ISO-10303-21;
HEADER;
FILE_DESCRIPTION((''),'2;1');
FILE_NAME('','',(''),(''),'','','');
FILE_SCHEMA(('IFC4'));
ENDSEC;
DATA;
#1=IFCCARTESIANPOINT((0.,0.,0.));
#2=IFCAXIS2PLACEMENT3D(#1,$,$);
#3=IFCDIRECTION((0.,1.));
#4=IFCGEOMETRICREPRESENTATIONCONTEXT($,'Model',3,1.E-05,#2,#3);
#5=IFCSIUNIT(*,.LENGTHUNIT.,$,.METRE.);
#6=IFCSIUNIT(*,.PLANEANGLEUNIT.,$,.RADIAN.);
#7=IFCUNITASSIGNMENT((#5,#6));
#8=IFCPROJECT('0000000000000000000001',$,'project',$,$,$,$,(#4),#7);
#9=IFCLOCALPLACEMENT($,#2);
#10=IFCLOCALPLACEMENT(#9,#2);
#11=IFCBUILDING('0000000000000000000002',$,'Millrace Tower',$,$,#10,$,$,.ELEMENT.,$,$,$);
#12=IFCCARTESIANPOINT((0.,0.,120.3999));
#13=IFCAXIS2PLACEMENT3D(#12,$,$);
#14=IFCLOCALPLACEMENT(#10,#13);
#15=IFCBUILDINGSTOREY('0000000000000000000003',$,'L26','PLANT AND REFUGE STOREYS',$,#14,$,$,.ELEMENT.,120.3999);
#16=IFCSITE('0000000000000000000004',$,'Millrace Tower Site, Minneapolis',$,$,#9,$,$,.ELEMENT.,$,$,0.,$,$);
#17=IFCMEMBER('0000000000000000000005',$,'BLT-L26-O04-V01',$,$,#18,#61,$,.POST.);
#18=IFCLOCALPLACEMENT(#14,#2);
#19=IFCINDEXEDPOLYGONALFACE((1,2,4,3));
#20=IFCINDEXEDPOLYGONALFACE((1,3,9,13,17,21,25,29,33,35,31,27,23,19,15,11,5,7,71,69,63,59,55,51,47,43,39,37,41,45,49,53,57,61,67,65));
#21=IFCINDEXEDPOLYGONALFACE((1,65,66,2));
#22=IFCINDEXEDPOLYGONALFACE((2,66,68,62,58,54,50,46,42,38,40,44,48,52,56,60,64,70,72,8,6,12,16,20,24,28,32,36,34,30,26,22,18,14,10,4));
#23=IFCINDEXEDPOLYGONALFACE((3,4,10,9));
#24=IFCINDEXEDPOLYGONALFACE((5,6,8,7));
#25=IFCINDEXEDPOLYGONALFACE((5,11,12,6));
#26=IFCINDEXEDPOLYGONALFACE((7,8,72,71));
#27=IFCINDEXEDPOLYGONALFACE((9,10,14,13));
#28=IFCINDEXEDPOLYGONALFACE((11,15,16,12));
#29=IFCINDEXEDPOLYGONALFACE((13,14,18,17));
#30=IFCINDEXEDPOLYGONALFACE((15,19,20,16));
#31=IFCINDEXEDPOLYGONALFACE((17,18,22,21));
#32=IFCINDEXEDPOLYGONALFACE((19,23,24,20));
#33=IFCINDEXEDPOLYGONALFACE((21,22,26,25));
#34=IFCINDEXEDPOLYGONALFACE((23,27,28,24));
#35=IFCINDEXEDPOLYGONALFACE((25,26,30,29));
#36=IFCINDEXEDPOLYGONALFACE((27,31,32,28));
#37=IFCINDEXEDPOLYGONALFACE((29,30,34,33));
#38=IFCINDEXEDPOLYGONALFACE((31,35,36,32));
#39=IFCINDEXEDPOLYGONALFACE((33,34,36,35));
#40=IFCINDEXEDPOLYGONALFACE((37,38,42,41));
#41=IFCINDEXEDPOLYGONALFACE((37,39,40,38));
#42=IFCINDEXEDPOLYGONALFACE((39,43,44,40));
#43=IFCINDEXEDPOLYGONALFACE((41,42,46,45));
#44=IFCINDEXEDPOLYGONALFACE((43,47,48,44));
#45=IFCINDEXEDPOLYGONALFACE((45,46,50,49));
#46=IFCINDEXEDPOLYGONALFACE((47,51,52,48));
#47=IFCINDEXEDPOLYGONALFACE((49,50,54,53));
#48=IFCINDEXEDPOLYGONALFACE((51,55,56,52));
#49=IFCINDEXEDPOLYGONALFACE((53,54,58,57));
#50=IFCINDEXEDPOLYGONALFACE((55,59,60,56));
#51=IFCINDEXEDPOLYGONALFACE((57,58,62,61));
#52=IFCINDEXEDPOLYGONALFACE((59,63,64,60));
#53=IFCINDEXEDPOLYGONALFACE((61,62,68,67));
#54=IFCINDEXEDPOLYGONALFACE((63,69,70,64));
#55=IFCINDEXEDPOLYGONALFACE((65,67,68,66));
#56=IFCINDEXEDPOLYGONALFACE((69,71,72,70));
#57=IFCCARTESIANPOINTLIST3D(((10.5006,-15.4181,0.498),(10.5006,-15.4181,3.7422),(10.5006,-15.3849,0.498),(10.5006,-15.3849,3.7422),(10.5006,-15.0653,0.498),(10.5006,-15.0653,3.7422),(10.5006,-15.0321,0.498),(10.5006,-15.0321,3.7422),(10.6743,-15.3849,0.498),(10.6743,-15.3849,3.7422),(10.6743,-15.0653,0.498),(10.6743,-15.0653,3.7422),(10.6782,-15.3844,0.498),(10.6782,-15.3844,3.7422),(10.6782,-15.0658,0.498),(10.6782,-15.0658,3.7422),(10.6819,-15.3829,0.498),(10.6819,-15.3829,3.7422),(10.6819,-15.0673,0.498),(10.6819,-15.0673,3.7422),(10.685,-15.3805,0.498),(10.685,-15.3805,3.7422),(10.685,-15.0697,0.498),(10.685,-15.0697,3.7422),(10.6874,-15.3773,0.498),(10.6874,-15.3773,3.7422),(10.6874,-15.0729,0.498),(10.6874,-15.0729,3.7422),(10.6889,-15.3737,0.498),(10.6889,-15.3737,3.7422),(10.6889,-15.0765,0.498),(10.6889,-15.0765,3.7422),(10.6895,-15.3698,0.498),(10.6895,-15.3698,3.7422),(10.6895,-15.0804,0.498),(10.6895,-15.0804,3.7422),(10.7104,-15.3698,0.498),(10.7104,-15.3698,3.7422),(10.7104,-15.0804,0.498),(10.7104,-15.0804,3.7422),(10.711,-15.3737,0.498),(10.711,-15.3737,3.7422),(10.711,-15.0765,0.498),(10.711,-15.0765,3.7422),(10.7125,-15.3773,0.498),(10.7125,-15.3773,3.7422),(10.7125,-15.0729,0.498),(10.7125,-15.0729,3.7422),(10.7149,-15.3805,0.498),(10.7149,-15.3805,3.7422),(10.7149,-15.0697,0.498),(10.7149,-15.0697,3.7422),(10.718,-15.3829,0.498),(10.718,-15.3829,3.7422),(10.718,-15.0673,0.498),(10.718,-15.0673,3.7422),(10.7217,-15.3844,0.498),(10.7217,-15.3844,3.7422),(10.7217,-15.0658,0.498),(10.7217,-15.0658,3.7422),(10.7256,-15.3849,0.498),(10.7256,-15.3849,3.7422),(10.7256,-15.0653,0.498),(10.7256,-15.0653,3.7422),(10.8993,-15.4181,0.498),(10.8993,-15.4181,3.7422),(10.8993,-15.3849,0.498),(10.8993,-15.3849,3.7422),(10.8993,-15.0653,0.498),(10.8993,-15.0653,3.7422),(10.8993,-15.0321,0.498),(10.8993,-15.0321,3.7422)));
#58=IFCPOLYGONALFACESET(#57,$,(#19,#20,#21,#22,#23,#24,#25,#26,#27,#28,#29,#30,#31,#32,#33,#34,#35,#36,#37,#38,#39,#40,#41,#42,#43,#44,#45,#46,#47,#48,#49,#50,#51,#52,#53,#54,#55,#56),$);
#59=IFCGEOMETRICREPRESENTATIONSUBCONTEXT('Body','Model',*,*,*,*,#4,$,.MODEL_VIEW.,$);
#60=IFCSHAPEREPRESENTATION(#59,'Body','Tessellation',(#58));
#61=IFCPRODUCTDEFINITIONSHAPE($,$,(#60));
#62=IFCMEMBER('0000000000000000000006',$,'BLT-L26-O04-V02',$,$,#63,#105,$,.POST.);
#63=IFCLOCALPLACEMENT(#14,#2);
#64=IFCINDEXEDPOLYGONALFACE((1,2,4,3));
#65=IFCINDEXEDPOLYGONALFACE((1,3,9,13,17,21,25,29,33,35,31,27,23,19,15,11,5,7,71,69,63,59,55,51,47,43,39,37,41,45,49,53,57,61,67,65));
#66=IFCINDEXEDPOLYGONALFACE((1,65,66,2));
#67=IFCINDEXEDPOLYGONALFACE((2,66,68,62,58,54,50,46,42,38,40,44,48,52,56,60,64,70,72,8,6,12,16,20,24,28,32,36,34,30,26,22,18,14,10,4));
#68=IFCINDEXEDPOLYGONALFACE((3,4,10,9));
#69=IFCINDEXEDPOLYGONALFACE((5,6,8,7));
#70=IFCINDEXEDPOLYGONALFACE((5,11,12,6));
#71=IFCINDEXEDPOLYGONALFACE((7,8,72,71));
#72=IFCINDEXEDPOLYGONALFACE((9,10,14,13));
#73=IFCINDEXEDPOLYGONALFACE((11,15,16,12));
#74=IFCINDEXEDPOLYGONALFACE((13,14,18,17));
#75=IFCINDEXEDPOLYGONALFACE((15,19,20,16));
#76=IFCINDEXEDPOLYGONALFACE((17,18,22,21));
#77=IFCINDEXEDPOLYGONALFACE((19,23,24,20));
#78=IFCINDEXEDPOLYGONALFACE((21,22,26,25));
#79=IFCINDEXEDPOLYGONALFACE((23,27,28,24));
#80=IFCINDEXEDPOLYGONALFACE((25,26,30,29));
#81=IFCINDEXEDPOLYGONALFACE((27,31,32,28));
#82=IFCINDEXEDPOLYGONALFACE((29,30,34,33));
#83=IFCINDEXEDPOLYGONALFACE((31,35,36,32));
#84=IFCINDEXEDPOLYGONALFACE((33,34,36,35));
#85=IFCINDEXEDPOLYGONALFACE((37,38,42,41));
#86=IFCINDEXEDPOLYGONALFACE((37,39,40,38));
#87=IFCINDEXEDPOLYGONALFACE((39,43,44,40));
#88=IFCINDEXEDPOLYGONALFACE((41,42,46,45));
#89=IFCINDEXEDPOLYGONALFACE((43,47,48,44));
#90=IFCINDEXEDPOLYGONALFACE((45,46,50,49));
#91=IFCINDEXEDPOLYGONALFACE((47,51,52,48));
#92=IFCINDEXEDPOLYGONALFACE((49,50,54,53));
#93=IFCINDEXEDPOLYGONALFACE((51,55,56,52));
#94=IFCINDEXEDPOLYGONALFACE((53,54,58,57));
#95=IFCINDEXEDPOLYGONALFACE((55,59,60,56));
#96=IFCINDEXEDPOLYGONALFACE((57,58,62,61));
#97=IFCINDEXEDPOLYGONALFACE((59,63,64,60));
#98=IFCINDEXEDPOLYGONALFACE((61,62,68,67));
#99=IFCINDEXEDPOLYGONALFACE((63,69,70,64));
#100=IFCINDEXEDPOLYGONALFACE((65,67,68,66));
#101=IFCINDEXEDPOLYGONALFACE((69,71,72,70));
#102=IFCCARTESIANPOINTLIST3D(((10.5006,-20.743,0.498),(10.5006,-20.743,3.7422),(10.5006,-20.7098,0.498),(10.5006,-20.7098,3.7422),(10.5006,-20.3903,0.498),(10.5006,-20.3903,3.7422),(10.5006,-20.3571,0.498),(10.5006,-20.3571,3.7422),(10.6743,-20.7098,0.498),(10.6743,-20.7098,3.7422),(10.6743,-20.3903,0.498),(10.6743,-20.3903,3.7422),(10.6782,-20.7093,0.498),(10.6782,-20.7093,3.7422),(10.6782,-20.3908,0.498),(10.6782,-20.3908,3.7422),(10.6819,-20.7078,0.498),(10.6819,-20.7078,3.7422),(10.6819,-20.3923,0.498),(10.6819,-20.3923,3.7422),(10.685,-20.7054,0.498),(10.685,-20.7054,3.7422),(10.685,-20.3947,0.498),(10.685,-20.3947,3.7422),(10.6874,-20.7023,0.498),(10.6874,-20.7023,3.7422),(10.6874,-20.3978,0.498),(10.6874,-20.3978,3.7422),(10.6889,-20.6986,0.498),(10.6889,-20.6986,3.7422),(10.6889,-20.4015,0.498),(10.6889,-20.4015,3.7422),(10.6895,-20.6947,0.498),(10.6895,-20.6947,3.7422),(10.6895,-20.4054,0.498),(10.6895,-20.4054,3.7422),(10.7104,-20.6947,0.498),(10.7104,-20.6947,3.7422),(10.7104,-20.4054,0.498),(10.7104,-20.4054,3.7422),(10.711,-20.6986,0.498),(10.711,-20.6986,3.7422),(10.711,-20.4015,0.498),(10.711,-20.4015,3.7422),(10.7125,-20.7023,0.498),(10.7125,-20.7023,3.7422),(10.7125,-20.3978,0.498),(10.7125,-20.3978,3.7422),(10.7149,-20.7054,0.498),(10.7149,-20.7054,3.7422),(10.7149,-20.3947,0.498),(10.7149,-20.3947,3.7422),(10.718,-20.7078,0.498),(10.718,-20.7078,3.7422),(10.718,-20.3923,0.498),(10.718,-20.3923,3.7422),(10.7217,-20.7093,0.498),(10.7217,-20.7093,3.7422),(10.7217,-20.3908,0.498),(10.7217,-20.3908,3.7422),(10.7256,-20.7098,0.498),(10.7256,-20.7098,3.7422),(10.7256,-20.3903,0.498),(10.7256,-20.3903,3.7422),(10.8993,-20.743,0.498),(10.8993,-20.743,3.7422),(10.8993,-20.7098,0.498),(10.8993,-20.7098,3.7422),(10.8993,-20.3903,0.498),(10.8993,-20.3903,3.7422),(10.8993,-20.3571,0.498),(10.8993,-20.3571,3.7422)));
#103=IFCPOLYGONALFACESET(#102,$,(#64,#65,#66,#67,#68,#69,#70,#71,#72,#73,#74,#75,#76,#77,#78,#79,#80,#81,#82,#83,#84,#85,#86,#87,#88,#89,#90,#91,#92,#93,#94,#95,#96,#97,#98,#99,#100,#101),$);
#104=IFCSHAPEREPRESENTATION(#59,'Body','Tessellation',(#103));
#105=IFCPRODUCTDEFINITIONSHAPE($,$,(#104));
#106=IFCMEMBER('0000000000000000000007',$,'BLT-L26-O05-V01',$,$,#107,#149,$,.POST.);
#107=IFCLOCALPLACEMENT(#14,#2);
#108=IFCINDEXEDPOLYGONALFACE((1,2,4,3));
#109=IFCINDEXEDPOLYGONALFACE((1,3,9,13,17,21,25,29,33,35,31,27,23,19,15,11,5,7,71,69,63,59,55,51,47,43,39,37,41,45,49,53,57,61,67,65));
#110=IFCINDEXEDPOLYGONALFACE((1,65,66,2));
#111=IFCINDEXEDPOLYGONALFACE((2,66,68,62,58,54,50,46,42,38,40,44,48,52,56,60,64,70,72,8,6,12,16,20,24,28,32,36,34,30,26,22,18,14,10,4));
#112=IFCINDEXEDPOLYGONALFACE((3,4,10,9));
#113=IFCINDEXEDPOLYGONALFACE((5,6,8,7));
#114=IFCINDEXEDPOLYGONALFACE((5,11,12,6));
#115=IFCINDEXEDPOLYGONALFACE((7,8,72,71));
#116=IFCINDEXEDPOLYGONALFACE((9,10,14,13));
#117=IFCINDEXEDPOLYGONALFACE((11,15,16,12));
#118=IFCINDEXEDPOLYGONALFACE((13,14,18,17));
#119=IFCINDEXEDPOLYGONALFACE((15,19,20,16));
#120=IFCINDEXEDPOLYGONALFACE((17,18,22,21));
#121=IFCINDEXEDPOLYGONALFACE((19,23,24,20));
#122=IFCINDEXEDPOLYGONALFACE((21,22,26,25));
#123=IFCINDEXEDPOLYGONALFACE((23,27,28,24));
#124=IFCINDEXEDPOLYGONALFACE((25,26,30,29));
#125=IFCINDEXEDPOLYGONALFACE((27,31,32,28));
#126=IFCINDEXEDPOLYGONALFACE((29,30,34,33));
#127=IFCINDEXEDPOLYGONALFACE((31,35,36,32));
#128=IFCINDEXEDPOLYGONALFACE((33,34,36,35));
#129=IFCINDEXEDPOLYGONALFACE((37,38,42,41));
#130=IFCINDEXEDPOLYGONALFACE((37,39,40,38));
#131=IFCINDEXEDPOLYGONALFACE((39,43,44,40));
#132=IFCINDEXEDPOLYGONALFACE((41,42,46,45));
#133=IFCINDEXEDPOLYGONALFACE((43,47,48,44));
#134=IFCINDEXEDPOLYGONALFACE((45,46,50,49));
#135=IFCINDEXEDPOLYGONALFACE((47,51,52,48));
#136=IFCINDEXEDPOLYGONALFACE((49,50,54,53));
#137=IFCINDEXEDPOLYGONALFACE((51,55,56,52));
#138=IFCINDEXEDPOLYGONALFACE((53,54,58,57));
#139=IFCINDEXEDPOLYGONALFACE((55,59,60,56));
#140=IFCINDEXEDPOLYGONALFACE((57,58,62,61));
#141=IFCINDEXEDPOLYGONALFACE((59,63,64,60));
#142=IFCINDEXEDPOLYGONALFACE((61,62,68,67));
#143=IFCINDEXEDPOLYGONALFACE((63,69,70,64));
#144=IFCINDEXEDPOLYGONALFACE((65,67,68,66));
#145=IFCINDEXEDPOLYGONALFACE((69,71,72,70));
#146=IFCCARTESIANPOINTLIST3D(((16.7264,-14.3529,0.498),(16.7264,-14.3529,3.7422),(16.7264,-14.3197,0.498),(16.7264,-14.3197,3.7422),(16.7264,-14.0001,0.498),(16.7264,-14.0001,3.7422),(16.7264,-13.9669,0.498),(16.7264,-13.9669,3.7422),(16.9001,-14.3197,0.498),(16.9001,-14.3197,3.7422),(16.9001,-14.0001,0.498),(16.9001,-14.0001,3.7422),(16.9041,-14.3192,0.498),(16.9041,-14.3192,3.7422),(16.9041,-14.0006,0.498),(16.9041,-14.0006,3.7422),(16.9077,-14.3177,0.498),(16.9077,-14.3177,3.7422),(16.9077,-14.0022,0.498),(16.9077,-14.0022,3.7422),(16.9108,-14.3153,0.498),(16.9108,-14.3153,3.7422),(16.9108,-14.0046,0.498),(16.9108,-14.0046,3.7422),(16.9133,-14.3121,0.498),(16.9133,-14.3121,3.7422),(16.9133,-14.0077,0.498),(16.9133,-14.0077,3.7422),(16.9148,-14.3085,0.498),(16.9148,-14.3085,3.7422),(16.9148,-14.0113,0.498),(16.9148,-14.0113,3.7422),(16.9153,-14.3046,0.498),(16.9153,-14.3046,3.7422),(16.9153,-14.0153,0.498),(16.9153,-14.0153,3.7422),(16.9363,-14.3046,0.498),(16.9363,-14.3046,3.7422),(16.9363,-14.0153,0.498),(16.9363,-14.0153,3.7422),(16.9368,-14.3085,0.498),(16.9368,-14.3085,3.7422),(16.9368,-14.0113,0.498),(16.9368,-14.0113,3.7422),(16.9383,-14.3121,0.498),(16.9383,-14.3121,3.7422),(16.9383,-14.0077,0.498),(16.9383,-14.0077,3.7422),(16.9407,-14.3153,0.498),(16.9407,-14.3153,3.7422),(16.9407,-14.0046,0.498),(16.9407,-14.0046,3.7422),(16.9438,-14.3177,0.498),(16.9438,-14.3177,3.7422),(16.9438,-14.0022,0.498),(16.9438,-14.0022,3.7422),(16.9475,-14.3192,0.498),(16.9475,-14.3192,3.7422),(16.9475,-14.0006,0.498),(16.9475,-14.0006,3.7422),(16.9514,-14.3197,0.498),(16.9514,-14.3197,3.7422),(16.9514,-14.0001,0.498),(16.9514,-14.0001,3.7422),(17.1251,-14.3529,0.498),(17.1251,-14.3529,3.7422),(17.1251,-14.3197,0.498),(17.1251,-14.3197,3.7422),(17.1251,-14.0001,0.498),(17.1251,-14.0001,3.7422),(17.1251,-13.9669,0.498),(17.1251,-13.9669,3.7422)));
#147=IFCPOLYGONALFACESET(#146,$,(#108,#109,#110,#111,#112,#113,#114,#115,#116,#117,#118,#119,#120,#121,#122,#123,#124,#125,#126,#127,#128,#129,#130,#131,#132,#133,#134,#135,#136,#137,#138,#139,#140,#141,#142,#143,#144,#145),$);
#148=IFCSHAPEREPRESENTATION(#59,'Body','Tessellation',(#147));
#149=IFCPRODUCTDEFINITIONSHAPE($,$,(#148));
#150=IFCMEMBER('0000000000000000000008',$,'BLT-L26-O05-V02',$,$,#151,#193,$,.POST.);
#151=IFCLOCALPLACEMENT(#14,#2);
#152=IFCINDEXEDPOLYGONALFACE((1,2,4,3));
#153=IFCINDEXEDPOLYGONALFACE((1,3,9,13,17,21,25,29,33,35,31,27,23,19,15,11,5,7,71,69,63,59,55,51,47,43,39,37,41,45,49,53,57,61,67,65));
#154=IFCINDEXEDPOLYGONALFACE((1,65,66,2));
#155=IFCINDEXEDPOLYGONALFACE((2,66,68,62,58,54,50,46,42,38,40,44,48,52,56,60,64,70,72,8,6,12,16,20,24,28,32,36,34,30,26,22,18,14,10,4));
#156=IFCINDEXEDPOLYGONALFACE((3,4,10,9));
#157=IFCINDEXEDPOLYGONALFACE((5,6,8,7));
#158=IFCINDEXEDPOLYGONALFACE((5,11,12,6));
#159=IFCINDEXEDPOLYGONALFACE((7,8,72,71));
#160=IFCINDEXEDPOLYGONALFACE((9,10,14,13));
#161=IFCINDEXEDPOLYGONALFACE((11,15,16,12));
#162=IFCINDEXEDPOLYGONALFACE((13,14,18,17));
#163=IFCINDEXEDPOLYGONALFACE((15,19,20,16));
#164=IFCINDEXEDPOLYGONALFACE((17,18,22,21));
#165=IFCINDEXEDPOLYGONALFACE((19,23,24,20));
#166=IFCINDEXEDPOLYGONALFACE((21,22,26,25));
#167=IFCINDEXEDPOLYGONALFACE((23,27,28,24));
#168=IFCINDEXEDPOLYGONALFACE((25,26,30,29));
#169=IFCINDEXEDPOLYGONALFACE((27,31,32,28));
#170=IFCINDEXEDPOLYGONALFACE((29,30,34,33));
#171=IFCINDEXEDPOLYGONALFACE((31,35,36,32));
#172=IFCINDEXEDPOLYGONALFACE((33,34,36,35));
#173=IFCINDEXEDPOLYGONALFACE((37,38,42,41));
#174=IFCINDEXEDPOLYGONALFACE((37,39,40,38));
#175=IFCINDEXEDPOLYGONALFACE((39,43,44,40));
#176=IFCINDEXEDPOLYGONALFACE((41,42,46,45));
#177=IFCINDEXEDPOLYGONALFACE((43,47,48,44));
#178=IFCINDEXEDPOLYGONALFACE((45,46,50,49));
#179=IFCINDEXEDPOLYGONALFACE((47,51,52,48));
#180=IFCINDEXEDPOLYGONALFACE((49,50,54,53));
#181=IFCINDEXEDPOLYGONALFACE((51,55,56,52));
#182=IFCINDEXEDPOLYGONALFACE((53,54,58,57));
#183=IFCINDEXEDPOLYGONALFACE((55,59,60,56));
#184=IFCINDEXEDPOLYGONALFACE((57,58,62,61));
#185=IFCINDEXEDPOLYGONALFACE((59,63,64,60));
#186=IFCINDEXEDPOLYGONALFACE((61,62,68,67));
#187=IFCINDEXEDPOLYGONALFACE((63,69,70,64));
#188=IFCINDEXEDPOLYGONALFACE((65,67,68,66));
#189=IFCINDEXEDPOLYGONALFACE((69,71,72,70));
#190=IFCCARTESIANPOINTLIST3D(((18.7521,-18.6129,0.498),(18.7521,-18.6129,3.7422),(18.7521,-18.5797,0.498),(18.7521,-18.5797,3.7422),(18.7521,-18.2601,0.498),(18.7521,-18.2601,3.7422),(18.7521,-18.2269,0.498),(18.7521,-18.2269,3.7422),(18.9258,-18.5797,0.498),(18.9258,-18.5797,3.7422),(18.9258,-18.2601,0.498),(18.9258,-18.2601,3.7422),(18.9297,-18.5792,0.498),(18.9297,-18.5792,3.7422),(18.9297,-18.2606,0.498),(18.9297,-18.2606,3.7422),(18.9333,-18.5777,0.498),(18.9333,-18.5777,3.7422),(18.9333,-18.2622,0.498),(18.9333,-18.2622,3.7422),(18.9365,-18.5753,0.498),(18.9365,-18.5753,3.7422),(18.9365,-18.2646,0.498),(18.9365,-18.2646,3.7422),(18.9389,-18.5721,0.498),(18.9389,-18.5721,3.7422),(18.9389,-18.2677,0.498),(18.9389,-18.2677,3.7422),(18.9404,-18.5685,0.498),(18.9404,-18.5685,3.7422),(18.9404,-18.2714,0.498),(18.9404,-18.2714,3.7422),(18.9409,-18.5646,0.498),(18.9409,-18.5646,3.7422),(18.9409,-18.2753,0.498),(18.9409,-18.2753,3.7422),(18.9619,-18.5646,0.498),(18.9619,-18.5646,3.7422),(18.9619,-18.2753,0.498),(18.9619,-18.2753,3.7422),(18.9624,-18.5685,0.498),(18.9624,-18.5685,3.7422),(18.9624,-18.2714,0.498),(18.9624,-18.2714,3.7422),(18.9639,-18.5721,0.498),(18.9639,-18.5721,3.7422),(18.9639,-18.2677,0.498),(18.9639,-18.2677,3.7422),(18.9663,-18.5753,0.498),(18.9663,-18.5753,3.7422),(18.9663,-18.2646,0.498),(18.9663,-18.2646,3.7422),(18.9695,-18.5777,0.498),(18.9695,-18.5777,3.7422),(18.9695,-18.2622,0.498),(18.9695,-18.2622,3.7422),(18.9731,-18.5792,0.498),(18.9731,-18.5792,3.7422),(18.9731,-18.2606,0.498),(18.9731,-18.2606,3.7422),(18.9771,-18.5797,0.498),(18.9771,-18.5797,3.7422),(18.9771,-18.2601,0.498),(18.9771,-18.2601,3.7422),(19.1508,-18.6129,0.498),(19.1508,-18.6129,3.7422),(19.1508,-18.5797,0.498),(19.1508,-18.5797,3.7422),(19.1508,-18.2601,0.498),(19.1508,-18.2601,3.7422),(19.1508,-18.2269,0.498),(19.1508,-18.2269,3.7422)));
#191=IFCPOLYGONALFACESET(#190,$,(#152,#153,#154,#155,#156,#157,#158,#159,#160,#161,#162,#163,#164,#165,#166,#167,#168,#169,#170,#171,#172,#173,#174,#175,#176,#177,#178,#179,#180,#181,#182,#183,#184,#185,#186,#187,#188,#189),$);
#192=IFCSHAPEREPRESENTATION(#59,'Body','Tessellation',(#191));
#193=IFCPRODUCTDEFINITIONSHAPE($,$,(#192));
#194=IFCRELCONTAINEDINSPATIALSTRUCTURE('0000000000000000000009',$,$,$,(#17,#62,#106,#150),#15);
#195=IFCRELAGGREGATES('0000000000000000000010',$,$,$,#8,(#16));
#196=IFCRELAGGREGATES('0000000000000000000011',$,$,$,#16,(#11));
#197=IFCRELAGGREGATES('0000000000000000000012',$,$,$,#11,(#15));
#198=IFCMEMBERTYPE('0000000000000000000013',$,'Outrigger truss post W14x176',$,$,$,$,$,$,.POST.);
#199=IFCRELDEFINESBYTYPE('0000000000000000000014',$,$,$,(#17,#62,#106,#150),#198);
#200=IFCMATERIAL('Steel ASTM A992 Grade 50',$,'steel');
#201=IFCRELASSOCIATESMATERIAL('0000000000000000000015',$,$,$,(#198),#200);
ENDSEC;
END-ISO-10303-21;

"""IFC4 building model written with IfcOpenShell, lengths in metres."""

from ifc_helpers import new_model, si_unit, direction, frame, origin, origin_2d, place, context, subcontext, project, spatial, i_section, extrude, material, material_profile, profile_set, type_object, element, save


model = new_model("IFC4")

# Units and contexts
model_context = context("Model", 3, precision=1e-05, world=origin(), true_north=direction((0.0, 1.0)))
body_context = subcontext(model_context, "Body", "Model", "MODEL_VIEW")
ifc_project = project(units=[si_unit("LENGTHUNIT", "METRE"), si_unit("PLANEANGLEUNIT", "RADIAN")], contexts=[model_context])

# Site, building, storey
site_placement = place(None, origin())
site = spatial("IfcSite", under=ifc_project, at=site_placement, Name="Millrace Tower Site, Minneapolis", CompositionType="ELEMENT", RefElevation=0.0)
building_placement = place(site_placement, origin())
building = spatial("IfcBuilding", under=site, at=building_placement, Name="Millrace Tower", CompositionType="ELEMENT")
storey_placement = place(building_placement, frame((0.0, 0.0, 120.3999)))
storey = spatial("IfcBuildingStorey", under=building, at=storey_placement, Name="L26", Description="PLANT AND REFUGE STOREYS", CompositionType="ELEMENT", Elevation=120.3999)

# Members
ifc_material_1 = material(Name="Steel ASTM A992 Grade 50", Category="steel")
ifc_material_profile_1 = material_profile(ifc_material_1, i_section(OverallWidth=0.3987, OverallDepth=0.386, WebThickness=0.021, FlangeThickness=0.0332, FilletRadius=0.0151, at=origin_2d()))
ifc_profile_set_1 = profile_set([ifc_material_profile_1], Name="Steel ASTM A992 Grade 50")
member_type_1 = type_object("IfcMemberType", Name="Outrigger truss post W14x176", PredefinedType="POST", material=ifc_profile_set_1)
for number, where, z_axis, x_axis, name in (
    (1, (10.7, -15.2251, 0.498), (0.0, 0.0, 1.0), (1.0, 0.0, 0.0), "BLT-L26-O04-V01"),
    (2, (10.7, -20.55, 0.498), (0.0, 0.0, 1.0), (1.0, 0.0, 0.0), "BLT-L26-O04-V02"),
    (3, (16.9258, -14.1599, 0.498), (0.0, 0.0, 1.0), (1.0, 0.0, 0.0), "BLT-L26-O05-V01"),
    (4, (18.9514, -18.4199, 0.498), (0.0, 0.0, 1.0), (1.0, 0.0, 0.0), "BLT-L26-O05-V02"),
):
    element("IfcMember", number, at=place(storey_placement, frame(where, z_axis=z_axis, x_axis=x_axis)), inside=storey, type_object=member_type_1, Name=name, PredefinedType="POST", context=body_context, shape_type="SweptSolid", body=[
        extrude(i_section(OverallWidth=0.3987, OverallDepth=0.386, WebThickness=0.021, FlangeThickness=0.0332, FilletRadius=0.0151, at=origin_2d()), origin(), (0.0, 0.0, 1.0), 3.2441),
    ])

save(model, "model.ifc")
